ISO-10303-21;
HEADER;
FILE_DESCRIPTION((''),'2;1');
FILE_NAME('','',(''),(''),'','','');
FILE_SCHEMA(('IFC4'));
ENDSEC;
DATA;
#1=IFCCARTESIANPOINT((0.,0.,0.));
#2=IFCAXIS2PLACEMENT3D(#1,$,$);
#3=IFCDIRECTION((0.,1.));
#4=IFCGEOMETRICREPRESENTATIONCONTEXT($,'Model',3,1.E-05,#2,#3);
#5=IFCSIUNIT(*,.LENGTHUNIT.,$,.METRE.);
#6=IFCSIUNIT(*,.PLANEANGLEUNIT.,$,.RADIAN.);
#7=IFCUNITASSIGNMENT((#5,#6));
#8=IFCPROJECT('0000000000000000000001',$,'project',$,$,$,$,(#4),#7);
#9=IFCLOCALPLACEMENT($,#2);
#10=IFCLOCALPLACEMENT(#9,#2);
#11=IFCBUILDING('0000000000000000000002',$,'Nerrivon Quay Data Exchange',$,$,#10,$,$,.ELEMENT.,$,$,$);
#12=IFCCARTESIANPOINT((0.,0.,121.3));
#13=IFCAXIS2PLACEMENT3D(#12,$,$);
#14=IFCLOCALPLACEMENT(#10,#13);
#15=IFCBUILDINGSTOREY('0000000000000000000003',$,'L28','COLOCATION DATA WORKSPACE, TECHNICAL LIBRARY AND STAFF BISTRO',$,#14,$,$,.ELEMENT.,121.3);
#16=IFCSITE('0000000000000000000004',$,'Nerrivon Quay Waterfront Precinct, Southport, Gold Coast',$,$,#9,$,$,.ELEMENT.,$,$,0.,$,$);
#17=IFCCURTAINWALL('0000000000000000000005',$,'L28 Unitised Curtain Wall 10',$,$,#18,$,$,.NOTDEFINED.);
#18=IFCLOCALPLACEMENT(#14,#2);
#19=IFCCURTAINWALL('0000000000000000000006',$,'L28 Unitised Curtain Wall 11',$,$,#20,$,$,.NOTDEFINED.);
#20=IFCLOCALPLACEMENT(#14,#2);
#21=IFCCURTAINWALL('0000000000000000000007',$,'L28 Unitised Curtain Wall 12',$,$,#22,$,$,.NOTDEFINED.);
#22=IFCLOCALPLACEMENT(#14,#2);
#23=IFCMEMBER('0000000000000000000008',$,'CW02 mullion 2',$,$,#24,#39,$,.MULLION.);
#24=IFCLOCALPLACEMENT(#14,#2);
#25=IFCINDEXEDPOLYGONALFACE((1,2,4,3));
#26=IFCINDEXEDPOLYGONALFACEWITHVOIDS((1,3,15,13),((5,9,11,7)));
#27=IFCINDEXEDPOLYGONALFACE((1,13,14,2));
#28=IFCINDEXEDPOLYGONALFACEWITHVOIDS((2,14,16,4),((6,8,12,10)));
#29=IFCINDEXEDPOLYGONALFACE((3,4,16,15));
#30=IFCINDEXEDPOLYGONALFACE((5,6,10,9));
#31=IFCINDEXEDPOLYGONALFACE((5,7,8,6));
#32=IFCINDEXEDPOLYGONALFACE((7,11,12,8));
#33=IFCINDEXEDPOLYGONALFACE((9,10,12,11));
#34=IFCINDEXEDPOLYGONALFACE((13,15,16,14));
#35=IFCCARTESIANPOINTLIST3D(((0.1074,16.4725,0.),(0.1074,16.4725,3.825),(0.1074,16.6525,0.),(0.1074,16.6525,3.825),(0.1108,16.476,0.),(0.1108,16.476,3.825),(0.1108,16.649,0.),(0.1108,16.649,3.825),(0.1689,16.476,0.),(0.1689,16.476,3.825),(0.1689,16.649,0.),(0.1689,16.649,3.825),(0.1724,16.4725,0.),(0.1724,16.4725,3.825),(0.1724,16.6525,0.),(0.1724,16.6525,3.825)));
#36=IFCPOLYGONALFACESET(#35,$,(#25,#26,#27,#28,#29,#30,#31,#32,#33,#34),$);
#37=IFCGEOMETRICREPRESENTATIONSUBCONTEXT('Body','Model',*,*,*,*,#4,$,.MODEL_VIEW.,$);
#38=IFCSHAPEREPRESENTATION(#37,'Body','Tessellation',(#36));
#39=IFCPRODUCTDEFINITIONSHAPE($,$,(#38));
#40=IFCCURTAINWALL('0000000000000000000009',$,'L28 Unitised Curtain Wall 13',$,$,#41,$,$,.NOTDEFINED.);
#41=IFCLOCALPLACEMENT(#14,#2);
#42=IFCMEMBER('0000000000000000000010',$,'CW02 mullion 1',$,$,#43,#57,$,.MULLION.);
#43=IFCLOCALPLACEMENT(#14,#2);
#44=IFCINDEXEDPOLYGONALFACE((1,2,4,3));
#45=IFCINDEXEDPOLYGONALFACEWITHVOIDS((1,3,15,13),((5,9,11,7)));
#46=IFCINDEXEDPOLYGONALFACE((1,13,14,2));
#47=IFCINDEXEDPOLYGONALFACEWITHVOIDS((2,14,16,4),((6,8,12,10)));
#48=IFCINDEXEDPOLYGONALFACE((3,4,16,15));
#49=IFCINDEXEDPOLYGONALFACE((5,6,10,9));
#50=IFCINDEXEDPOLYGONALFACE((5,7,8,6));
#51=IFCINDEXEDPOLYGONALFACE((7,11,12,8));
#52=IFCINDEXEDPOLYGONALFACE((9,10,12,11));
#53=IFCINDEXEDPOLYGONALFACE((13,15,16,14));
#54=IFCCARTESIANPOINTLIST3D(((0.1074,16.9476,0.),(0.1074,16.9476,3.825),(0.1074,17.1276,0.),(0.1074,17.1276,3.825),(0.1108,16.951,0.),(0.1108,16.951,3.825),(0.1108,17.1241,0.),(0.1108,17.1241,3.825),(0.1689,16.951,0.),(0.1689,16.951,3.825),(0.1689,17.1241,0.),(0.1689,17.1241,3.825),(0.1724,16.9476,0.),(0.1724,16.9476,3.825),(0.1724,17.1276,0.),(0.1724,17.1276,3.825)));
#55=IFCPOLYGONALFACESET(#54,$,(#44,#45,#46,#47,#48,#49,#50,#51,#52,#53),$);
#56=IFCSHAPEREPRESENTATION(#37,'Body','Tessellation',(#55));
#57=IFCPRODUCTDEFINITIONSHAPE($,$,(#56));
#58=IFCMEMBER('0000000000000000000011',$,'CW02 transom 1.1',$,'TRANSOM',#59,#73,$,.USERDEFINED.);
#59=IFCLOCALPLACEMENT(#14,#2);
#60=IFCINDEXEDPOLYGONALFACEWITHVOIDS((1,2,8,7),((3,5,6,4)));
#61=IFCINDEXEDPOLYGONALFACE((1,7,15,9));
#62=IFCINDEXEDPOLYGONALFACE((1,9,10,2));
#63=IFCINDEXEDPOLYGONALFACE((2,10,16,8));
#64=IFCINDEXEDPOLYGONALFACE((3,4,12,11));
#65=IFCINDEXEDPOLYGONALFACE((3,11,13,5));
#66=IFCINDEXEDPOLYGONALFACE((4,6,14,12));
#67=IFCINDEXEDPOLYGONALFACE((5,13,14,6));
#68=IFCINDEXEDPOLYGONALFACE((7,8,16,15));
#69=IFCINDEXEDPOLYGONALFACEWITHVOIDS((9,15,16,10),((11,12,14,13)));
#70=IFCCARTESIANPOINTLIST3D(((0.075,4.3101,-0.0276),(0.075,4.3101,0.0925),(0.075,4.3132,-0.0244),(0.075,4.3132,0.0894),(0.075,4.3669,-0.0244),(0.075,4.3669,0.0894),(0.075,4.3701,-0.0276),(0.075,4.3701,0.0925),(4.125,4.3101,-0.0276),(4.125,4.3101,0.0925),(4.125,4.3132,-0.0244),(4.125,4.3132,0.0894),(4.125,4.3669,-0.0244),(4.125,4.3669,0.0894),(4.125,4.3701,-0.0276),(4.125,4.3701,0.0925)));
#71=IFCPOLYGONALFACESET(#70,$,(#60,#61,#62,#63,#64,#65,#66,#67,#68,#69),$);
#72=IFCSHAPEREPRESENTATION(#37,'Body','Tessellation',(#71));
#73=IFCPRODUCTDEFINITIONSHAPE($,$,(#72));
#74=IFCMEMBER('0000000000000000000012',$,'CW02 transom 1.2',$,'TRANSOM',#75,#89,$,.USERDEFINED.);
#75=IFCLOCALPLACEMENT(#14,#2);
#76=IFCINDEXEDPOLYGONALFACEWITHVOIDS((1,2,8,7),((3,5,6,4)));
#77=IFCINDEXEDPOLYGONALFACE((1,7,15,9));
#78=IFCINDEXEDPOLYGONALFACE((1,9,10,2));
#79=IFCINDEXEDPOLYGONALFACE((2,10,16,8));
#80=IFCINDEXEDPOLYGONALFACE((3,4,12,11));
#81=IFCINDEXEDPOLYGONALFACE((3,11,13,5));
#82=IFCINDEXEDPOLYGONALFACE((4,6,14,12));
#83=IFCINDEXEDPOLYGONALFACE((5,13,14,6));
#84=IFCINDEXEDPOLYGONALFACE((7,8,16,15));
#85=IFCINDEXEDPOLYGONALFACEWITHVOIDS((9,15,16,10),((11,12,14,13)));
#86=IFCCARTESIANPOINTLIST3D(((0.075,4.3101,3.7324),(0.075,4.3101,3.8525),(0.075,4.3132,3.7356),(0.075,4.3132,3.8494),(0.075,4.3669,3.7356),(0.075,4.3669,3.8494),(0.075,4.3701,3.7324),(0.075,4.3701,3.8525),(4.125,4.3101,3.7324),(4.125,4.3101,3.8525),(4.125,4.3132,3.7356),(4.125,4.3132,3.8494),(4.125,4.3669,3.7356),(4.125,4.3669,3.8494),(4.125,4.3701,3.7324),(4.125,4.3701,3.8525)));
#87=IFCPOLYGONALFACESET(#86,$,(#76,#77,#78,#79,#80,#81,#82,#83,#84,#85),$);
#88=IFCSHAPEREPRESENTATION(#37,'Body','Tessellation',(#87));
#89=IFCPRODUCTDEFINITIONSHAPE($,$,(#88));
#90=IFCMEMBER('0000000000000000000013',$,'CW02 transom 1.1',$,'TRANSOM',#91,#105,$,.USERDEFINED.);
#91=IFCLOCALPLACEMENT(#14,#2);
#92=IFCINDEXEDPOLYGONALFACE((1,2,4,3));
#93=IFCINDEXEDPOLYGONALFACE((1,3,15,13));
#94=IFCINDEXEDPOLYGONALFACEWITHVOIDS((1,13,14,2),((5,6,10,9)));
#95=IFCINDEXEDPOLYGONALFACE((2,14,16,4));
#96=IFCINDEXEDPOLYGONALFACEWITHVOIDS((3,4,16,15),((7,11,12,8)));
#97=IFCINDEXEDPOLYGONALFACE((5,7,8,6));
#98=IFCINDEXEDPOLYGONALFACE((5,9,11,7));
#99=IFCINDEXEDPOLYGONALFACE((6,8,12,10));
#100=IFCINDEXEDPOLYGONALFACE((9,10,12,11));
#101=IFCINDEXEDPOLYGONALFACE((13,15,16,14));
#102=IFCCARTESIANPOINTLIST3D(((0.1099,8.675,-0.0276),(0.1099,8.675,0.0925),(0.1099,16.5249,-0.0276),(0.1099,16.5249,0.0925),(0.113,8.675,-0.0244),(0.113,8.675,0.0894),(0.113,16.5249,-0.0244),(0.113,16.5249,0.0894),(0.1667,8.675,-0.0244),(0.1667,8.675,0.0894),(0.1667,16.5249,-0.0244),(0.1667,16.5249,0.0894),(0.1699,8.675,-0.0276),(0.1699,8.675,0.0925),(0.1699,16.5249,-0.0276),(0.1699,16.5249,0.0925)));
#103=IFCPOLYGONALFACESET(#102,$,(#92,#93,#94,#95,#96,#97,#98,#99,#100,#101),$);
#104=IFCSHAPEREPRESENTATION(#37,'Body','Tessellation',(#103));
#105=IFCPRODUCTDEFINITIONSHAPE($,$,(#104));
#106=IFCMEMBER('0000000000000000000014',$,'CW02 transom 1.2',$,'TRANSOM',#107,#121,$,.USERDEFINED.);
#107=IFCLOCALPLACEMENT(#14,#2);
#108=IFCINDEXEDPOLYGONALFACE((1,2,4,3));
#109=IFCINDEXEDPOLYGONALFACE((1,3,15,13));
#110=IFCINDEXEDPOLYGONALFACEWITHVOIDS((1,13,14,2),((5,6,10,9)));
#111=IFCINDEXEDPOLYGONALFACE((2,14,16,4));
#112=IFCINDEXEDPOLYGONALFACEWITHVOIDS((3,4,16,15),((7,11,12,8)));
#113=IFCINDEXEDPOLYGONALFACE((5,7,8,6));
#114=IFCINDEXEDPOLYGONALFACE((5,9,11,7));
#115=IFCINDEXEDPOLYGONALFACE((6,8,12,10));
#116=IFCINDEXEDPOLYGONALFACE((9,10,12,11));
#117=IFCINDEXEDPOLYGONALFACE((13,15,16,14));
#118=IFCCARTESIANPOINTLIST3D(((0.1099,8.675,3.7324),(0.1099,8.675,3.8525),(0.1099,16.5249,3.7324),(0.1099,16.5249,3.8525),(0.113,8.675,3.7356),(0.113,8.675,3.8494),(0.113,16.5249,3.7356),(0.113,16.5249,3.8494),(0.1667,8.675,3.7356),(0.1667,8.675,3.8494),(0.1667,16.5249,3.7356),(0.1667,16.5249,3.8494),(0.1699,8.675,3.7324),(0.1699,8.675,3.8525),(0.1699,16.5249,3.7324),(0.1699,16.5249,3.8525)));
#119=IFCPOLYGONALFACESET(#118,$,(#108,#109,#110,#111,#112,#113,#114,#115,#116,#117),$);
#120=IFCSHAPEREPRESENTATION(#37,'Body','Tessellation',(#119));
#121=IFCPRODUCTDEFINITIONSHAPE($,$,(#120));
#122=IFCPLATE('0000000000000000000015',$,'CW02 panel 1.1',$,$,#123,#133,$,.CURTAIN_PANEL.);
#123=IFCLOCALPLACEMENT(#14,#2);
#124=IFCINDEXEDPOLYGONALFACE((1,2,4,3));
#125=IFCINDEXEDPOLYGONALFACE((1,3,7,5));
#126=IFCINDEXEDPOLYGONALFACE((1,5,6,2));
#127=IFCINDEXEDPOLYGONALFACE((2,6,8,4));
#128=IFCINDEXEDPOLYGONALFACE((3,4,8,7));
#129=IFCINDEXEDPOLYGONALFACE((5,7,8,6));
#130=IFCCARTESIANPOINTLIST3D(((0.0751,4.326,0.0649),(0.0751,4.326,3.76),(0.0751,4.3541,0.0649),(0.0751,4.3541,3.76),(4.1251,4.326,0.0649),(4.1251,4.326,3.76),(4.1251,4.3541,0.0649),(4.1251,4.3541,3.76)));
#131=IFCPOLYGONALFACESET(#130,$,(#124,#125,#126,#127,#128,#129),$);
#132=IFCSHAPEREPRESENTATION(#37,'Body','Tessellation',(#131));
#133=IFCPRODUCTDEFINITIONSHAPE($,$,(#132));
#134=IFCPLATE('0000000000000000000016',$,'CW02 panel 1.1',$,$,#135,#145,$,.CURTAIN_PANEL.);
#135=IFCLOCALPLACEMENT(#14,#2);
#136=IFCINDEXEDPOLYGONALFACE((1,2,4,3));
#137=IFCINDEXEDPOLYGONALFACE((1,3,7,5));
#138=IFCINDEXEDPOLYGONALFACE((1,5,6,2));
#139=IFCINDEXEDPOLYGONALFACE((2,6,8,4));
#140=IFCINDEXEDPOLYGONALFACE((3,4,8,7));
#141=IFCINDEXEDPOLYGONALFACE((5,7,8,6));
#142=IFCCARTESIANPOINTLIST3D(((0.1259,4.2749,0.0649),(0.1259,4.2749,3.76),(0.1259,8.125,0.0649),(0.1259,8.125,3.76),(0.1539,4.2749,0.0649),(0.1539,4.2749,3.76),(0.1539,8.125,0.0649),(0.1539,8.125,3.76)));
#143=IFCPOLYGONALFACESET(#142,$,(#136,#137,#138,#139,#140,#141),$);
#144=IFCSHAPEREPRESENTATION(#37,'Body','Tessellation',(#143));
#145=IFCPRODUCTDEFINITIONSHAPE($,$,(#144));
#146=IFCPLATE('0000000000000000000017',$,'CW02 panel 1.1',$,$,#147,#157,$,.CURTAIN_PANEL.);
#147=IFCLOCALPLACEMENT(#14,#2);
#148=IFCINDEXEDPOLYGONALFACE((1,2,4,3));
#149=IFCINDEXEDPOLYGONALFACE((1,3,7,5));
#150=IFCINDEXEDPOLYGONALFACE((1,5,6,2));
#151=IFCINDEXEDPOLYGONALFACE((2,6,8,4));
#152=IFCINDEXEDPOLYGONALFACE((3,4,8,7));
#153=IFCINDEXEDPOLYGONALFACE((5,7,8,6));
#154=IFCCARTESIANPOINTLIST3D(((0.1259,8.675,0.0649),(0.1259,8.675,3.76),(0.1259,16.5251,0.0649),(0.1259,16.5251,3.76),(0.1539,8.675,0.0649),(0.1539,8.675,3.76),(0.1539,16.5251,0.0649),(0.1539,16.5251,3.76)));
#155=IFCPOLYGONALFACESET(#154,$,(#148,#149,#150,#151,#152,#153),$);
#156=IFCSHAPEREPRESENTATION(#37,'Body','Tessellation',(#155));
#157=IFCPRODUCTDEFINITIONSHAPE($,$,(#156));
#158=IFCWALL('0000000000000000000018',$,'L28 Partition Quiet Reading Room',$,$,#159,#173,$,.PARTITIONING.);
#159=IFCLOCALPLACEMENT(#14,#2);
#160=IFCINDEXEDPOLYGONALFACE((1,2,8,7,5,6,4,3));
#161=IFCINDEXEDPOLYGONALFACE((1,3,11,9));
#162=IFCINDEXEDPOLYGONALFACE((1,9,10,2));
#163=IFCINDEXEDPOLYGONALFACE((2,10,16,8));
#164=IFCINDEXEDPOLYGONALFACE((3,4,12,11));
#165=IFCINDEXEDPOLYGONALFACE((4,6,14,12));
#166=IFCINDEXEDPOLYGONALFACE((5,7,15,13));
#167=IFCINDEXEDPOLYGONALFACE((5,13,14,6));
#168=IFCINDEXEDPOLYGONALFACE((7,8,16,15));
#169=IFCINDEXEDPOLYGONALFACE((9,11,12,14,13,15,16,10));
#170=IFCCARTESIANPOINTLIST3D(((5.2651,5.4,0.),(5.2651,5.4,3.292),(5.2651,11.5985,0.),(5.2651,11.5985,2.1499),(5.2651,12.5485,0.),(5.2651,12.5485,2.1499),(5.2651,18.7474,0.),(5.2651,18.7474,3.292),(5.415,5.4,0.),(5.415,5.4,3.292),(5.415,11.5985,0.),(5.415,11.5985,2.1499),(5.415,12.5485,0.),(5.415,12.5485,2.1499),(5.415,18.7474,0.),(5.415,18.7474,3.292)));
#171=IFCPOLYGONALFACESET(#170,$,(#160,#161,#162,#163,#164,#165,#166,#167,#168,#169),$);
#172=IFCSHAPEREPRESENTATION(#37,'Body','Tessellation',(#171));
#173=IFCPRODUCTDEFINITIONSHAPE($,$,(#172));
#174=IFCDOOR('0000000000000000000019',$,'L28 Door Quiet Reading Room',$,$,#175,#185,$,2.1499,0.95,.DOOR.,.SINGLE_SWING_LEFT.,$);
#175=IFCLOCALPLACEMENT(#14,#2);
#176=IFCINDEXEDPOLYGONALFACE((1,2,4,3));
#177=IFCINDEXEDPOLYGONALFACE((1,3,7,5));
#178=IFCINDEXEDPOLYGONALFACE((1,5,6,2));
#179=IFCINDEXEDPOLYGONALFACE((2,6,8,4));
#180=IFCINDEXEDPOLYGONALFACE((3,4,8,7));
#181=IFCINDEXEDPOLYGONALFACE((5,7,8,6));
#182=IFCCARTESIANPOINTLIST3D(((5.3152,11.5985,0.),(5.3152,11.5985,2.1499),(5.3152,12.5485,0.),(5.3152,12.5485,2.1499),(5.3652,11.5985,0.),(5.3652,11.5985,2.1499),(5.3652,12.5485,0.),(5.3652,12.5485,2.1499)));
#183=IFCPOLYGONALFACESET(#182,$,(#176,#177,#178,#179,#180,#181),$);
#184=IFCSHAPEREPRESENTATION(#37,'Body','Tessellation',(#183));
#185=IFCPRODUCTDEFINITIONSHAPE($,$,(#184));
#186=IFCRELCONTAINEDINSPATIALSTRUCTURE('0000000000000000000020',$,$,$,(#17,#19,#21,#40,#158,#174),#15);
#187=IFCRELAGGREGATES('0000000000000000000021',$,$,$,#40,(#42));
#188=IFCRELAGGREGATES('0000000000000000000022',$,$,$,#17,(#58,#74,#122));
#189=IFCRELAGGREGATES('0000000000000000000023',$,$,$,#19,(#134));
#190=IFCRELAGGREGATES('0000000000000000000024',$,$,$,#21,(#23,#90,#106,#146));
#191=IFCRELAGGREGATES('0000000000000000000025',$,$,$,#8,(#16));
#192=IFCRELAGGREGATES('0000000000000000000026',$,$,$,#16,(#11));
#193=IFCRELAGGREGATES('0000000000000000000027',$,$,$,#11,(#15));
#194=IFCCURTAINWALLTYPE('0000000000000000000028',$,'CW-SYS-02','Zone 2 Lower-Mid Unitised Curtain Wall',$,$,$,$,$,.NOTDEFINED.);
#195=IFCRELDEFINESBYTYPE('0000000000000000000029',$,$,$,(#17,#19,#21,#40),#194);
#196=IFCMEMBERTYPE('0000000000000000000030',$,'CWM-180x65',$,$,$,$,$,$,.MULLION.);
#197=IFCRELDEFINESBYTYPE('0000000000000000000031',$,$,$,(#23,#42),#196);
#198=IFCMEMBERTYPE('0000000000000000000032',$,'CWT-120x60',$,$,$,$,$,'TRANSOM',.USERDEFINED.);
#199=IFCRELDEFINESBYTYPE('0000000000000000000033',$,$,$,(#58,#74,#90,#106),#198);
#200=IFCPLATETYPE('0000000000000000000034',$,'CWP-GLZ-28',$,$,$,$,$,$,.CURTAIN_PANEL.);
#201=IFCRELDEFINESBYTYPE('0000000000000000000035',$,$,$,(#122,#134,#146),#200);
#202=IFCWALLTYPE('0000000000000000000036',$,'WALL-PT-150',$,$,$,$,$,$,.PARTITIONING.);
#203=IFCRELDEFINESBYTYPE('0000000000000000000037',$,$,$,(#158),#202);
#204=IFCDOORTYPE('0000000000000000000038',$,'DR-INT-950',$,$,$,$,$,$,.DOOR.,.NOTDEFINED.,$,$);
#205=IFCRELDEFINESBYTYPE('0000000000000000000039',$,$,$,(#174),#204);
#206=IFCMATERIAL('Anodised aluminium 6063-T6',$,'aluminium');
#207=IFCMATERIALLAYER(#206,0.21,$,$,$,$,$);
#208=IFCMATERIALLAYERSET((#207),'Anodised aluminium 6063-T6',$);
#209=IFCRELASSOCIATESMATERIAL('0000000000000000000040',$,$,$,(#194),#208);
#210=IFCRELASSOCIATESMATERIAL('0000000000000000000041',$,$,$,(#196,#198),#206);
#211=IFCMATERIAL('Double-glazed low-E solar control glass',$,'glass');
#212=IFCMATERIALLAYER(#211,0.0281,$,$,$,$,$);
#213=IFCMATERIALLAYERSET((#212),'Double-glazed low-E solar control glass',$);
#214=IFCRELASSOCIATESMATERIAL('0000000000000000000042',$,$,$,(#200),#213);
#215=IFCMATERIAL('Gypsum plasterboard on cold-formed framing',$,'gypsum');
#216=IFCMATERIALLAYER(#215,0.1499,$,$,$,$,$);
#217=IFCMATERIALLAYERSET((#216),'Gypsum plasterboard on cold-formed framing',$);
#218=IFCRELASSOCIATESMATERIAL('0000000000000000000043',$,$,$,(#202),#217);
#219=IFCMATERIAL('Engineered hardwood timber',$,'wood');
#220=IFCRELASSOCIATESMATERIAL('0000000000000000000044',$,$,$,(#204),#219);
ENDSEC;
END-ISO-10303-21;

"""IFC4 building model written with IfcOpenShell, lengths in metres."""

from ifc_helpers import new_model, si_unit, direction, frame, frame_2d, origin, origin_2d, place, context, subcontext, project, spatial, rectangle, hollow_rectangle, extrude, material, layer, layer_set, material_profile, profile_set, type_object, element, fill, aggregate, save


model = new_model("IFC4")

# Units and contexts
model_context = context("Model", 3, precision=1e-05, world=origin(), true_north=direction((0.0, 1.0)))
body_context = subcontext(model_context, "Body", "Model", "MODEL_VIEW")
ifc_project = project(units=[si_unit("LENGTHUNIT", "METRE"), si_unit("PLANEANGLEUNIT", "RADIAN")], contexts=[model_context])

# Site, building, storey
site_placement = place(None, origin())
site = spatial("IfcSite", under=ifc_project, at=site_placement, Name="Nerrivon Quay Waterfront Precinct, Southport, Gold Coast", CompositionType="ELEMENT", RefElevation=0.0)
building_placement = place(site_placement, origin())
building = spatial("IfcBuilding", under=site, at=building_placement, Name="Nerrivon Quay Data Exchange", CompositionType="ELEMENT")
storey_placement = place(building_placement, frame((0.0, 0.0, 121.3)))
storey = spatial("IfcBuildingStorey", under=building, at=storey_placement, Name="L28", Description="COLOCATION DATA WORKSPACE, TECHNICAL LIBRARY AND STAFF BISTRO", CompositionType="ELEMENT", Elevation=121.3)

# Curtain walls
ifc_material_1 = material(Name="Anodised aluminium 6063-T6", Category="aluminium")
ifc_layer_1 = layer(ifc_material_1, 0.21)
ifc_layer_set_1 = layer_set([ifc_layer_1], Name="Anodised aluminium 6063-T6")
curtain_wall_type = type_object("IfcCurtainWallType", Name="CW-SYS-02", Description="Zone 2 Lower-Mid Unitised Curtain Wall", PredefinedType="NOTDEFINED", material=ifc_layer_set_1)
curtain_wall_1_placement = place(storey_placement, origin())
curtain_wall_1 = element("IfcCurtainWall", 1, at=curtain_wall_1_placement, inside=storey, type_object=curtain_wall_type, Name="L28 Unitised Curtain Wall 10", PredefinedType="NOTDEFINED")
ifc_material_profile_1 = material_profile(ifc_material_1, hollow_rectangle(XDim=0.0649, YDim=0.1799, WallThickness=0.0034, at=origin_2d()), Name="ALU-MULL-180x65")
ifc_profile_set_1 = profile_set([ifc_material_profile_1], Name="Anodised aluminium 6063-T6")
member_type_1 = type_object("IfcMemberType", Name="CWM-180x65", PredefinedType="MULLION", material=ifc_profile_set_1)
curtain_wall_2_placement = place(storey_placement, origin())
curtain_wall_2 = element("IfcCurtainWall", 2, at=curtain_wall_2_placement, inside=storey, type_object=curtain_wall_type, Name="L28 Unitised Curtain Wall 11", PredefinedType="NOTDEFINED")

# Curtain wall, member
curtain_wall_3_placement = place(storey_placement, origin())
curtain_wall_3 = element("IfcCurtainWall", 3, at=curtain_wall_3_placement, inside=storey, type_object=curtain_wall_type, Name="L28 Unitised Curtain Wall 12", PredefinedType="NOTDEFINED")
member_1_placement = place(storey_placement, frame((0.1399, 16.5625, 0.0), z_axis=(0.0, 0.0, 1.0), x_axis=(-1.0, 0.0, 0.0)))
member_1 = element("IfcMember", 4, at=member_1_placement, type_object=member_type_1, Name="CW02 mullion 2", PredefinedType="MULLION", context=body_context, shape_type="SweptSolid", body=[
    extrude(hollow_rectangle(XDim=0.0649, YDim=0.1799, WallThickness=0.0034, at=origin_2d()), origin(), (0.0, 0.0, 1.0), 3.825),
])

# Curtain wall, member
curtain_wall_4_placement = place(storey_placement, origin())
curtain_wall_4 = element("IfcCurtainWall", 5, at=curtain_wall_4_placement, inside=storey, type_object=curtain_wall_type, Name="L28 Unitised Curtain Wall 13", PredefinedType="NOTDEFINED")
member_2_placement = place(storey_placement, frame((0.1399, 17.0376, 0.0), z_axis=(0.0, 0.0, 1.0), x_axis=(-1.0, 0.0, 0.0)))
member_2 = element("IfcMember", 6, at=member_2_placement, type_object=member_type_1, Name="CW02 mullion 1", PredefinedType="MULLION", context=body_context, shape_type="SweptSolid", body=[
    extrude(hollow_rectangle(XDim=0.0649, YDim=0.1799, WallThickness=0.0034, at=origin_2d()), origin(), (0.0, 0.0, 1.0), 3.825),
])
aggregate(curtain_wall_4, [member_2])

# Members
ifc_material_profile_2 = material_profile(ifc_material_1, hollow_rectangle(XDim=0.0601, YDim=0.1201, WallThickness=0.0032, at=origin_2d()), Name="ALU-TRAN-120x60")
ifc_profile_set_2 = profile_set([ifc_material_profile_2], Name="Anodised aluminium 6063-T6")
member_type_2 = type_object("IfcMemberType", Name="CWT-120x60", ElementType="TRANSOM", PredefinedType="USERDEFINED", material=ifc_profile_set_2)
member_3_placement = place(storey_placement, frame((4.125, 4.3401, 0.0325), z_axis=(-1.0, 0.0, 0.0), x_axis=(0.0, -1.0, 0.0)))
member_3 = element("IfcMember", 7, at=member_3_placement, type_object=member_type_2, Name="CW02 transom 1.1", ObjectType="TRANSOM", PredefinedType="USERDEFINED", context=body_context, shape_type="SweptSolid", body=[
    extrude(hollow_rectangle(XDim=0.0601, YDim=0.1201, WallThickness=0.0032, at=origin_2d()), origin(), (0.0, 0.0, 1.0), 4.05),
])
member_4_placement = place(storey_placement, frame((4.125, 4.3401, 3.7925), z_axis=(-1.0, 0.0, 0.0), x_axis=(0.0, -1.0, 0.0)))
member_4 = element("IfcMember", 8, at=member_4_placement, type_object=member_type_2, Name="CW02 transom 1.2", ObjectType="TRANSOM", PredefinedType="USERDEFINED", context=body_context, shape_type="SweptSolid", body=[
    extrude(hollow_rectangle(XDim=0.0601, YDim=0.1201, WallThickness=0.0032, at=origin_2d()), origin(), (0.0, 0.0, 1.0), 4.05),
])
member_5_placement = place(storey_placement, frame((0.1399, 8.675, 0.0325), z_axis=(0.0, 1.0, 0.0), x_axis=(-1.0, 0.0, 0.0)))
member_5 = element("IfcMember", 9, at=member_5_placement, type_object=member_type_2, Name="CW02 transom 1.1", ObjectType="TRANSOM", PredefinedType="USERDEFINED", context=body_context, shape_type="SweptSolid", body=[
    extrude(hollow_rectangle(XDim=0.0601, YDim=0.1201, WallThickness=0.0032, at=origin_2d()), origin(), (0.0, 0.0, 1.0), 7.8499),
])
member_6_placement = place(storey_placement, frame((0.1399, 8.675, 3.7925), z_axis=(0.0, 1.0, 0.0), x_axis=(-1.0, 0.0, 0.0)))
member_6 = element("IfcMember", 10, at=member_6_placement, type_object=member_type_2, Name="CW02 transom 1.2", ObjectType="TRANSOM", PredefinedType="USERDEFINED", context=body_context, shape_type="SweptSolid", body=[
    extrude(hollow_rectangle(XDim=0.0601, YDim=0.1201, WallThickness=0.0032, at=origin_2d()), origin(), (0.0, 0.0, 1.0), 7.8499),
])

# Plates
ifc_material_2 = material(Name="Double-glazed low-E solar control glass", Category="glass")
ifc_layer_2 = layer(ifc_material_2, 0.0281)
ifc_layer_set_2 = layer_set([ifc_layer_2], Name="Double-glazed low-E solar control glass")
plate_type = type_object("IfcPlateType", Name="CWP-GLZ-28", PredefinedType="CURTAIN_PANEL", material=ifc_layer_set_2)
plate_1_placement = place(storey_placement, frame((2.1001, 4.3401, 0.0649), z_axis=(0.0, 0.0, 1.0), x_axis=(-1.0, 0.0, 0.0)))
plate_1 = element("IfcPlate", 11, at=plate_1_placement, type_object=plate_type, Name="CW02 panel 1.1", PredefinedType="CURTAIN_PANEL", context=body_context, shape_type="SweptSolid", body=[
    extrude(rectangle(XDim=4.05, YDim=0.0281, at=origin_2d()), origin(), (0.0, 0.0, 1.0), 3.6951),
])
aggregate(curtain_wall_1, [member_3, member_4, plate_1])
plate_2_placement = place(storey_placement, frame((0.1399, 6.2, 0.0649), z_axis=(0.0, 0.0, 1.0), x_axis=(0.0, 1.0, 0.0)))
plate_2 = element("IfcPlate", 12, at=plate_2_placement, type_object=plate_type, Name="CW02 panel 1.1", PredefinedType="CURTAIN_PANEL", context=body_context, shape_type="SweptSolid", body=[
    extrude(rectangle(XDim=3.8501, YDim=0.0281, at=origin_2d()), origin(), (0.0, 0.0, 1.0), 3.6951),
])
aggregate(curtain_wall_2, [plate_2])
plate_3_placement = place(storey_placement, frame((0.1399, 12.6001, 0.0649), z_axis=(0.0, 0.0, 1.0), x_axis=(0.0, 1.0, 0.0)))
plate_3 = element("IfcPlate", 13, at=plate_3_placement, type_object=plate_type, Name="CW02 panel 1.1", PredefinedType="CURTAIN_PANEL", context=body_context, shape_type="SweptSolid", body=[
    extrude(rectangle(XDim=7.8501, YDim=0.0281, at=origin_2d()), origin(), (0.0, 0.0, 1.0), 3.6951),
])
aggregate(curtain_wall_3, [member_1, member_5, member_6, plate_3])

# Wall, opening, door
ifc_material_3 = material(Name="Gypsum plasterboard on cold-formed framing", Category="gypsum")
ifc_layer_3 = layer(ifc_material_3, 0.1499)
ifc_layer_set_3 = layer_set([ifc_layer_3], Name="Gypsum plasterboard on cold-formed framing")
wall_type = type_object("IfcWallType", Name="WALL-PT-150", PredefinedType="PARTITIONING", material=ifc_layer_set_3)
wall_1_placement = place(storey_placement, frame((5.3401, 5.3999, 0.0), z_axis=(0.0, 0.0, 1.0), x_axis=(0.0, 1.0, 0.0)))
wall_1 = element("IfcWall", 14, at=wall_1_placement, inside=storey, type_object=wall_type, Name="L28 Partition Quiet Reading Room", PredefinedType="PARTITIONING", context=body_context, shape_type="SweptSolid", body=[
    extrude(rectangle(XDim=13.3474, YDim=0.1499, at=frame_2d((6.6738, 0.0))), origin(), (0.0, 0.0, 1.0), 3.292),
])
opening_placement = place(wall_1_placement, frame((6.1985, 0.0, 0.0)))
opening = element("IfcOpeningElement", 15, at=opening_placement, cuts=wall_1, PredefinedType="OPENING", context=body_context, shape_type="SweptSolid", body=[
    extrude(rectangle(XDim=0.95, YDim=2.1499, at=frame_2d((0.4751, 1.075))), frame((0.0, 0.085, 0.0), z_axis=(0.0, -1.0, 0.0), x_axis=(1.0, 0.0, 0.0)), (0.0, 0.0, 1.0), 0.1699),
])
ifc_material_4 = material(Name="Engineered hardwood timber", Category="wood")
door_type = type_object("IfcDoorType", Name="DR-INT-950", OperationType="NOTDEFINED", PredefinedType="DOOR", material=ifc_material_4)
door_placement = place(opening_placement, origin())
door = element("IfcDoor", 16, at=door_placement, inside=storey, type_object=door_type, Name="L28 Door Quiet Reading Room", OperationType="SINGLE_SWING_LEFT", OverallHeight=2.1499, OverallWidth=0.95, PredefinedType="DOOR", context=body_context, shape_type="SweptSolid", body=[
    extrude(rectangle(XDim=0.95, YDim=2.1499, at=frame_2d((0.4751, 1.075))), frame((0.0, 0.0249, 0.0), z_axis=(0.0, -1.0, 0.0), x_axis=(1.0, 0.0, 0.0)), (0.0, 0.0, 1.0), 0.05),
])
fill(opening, door)

save(model, "model.ifc")
